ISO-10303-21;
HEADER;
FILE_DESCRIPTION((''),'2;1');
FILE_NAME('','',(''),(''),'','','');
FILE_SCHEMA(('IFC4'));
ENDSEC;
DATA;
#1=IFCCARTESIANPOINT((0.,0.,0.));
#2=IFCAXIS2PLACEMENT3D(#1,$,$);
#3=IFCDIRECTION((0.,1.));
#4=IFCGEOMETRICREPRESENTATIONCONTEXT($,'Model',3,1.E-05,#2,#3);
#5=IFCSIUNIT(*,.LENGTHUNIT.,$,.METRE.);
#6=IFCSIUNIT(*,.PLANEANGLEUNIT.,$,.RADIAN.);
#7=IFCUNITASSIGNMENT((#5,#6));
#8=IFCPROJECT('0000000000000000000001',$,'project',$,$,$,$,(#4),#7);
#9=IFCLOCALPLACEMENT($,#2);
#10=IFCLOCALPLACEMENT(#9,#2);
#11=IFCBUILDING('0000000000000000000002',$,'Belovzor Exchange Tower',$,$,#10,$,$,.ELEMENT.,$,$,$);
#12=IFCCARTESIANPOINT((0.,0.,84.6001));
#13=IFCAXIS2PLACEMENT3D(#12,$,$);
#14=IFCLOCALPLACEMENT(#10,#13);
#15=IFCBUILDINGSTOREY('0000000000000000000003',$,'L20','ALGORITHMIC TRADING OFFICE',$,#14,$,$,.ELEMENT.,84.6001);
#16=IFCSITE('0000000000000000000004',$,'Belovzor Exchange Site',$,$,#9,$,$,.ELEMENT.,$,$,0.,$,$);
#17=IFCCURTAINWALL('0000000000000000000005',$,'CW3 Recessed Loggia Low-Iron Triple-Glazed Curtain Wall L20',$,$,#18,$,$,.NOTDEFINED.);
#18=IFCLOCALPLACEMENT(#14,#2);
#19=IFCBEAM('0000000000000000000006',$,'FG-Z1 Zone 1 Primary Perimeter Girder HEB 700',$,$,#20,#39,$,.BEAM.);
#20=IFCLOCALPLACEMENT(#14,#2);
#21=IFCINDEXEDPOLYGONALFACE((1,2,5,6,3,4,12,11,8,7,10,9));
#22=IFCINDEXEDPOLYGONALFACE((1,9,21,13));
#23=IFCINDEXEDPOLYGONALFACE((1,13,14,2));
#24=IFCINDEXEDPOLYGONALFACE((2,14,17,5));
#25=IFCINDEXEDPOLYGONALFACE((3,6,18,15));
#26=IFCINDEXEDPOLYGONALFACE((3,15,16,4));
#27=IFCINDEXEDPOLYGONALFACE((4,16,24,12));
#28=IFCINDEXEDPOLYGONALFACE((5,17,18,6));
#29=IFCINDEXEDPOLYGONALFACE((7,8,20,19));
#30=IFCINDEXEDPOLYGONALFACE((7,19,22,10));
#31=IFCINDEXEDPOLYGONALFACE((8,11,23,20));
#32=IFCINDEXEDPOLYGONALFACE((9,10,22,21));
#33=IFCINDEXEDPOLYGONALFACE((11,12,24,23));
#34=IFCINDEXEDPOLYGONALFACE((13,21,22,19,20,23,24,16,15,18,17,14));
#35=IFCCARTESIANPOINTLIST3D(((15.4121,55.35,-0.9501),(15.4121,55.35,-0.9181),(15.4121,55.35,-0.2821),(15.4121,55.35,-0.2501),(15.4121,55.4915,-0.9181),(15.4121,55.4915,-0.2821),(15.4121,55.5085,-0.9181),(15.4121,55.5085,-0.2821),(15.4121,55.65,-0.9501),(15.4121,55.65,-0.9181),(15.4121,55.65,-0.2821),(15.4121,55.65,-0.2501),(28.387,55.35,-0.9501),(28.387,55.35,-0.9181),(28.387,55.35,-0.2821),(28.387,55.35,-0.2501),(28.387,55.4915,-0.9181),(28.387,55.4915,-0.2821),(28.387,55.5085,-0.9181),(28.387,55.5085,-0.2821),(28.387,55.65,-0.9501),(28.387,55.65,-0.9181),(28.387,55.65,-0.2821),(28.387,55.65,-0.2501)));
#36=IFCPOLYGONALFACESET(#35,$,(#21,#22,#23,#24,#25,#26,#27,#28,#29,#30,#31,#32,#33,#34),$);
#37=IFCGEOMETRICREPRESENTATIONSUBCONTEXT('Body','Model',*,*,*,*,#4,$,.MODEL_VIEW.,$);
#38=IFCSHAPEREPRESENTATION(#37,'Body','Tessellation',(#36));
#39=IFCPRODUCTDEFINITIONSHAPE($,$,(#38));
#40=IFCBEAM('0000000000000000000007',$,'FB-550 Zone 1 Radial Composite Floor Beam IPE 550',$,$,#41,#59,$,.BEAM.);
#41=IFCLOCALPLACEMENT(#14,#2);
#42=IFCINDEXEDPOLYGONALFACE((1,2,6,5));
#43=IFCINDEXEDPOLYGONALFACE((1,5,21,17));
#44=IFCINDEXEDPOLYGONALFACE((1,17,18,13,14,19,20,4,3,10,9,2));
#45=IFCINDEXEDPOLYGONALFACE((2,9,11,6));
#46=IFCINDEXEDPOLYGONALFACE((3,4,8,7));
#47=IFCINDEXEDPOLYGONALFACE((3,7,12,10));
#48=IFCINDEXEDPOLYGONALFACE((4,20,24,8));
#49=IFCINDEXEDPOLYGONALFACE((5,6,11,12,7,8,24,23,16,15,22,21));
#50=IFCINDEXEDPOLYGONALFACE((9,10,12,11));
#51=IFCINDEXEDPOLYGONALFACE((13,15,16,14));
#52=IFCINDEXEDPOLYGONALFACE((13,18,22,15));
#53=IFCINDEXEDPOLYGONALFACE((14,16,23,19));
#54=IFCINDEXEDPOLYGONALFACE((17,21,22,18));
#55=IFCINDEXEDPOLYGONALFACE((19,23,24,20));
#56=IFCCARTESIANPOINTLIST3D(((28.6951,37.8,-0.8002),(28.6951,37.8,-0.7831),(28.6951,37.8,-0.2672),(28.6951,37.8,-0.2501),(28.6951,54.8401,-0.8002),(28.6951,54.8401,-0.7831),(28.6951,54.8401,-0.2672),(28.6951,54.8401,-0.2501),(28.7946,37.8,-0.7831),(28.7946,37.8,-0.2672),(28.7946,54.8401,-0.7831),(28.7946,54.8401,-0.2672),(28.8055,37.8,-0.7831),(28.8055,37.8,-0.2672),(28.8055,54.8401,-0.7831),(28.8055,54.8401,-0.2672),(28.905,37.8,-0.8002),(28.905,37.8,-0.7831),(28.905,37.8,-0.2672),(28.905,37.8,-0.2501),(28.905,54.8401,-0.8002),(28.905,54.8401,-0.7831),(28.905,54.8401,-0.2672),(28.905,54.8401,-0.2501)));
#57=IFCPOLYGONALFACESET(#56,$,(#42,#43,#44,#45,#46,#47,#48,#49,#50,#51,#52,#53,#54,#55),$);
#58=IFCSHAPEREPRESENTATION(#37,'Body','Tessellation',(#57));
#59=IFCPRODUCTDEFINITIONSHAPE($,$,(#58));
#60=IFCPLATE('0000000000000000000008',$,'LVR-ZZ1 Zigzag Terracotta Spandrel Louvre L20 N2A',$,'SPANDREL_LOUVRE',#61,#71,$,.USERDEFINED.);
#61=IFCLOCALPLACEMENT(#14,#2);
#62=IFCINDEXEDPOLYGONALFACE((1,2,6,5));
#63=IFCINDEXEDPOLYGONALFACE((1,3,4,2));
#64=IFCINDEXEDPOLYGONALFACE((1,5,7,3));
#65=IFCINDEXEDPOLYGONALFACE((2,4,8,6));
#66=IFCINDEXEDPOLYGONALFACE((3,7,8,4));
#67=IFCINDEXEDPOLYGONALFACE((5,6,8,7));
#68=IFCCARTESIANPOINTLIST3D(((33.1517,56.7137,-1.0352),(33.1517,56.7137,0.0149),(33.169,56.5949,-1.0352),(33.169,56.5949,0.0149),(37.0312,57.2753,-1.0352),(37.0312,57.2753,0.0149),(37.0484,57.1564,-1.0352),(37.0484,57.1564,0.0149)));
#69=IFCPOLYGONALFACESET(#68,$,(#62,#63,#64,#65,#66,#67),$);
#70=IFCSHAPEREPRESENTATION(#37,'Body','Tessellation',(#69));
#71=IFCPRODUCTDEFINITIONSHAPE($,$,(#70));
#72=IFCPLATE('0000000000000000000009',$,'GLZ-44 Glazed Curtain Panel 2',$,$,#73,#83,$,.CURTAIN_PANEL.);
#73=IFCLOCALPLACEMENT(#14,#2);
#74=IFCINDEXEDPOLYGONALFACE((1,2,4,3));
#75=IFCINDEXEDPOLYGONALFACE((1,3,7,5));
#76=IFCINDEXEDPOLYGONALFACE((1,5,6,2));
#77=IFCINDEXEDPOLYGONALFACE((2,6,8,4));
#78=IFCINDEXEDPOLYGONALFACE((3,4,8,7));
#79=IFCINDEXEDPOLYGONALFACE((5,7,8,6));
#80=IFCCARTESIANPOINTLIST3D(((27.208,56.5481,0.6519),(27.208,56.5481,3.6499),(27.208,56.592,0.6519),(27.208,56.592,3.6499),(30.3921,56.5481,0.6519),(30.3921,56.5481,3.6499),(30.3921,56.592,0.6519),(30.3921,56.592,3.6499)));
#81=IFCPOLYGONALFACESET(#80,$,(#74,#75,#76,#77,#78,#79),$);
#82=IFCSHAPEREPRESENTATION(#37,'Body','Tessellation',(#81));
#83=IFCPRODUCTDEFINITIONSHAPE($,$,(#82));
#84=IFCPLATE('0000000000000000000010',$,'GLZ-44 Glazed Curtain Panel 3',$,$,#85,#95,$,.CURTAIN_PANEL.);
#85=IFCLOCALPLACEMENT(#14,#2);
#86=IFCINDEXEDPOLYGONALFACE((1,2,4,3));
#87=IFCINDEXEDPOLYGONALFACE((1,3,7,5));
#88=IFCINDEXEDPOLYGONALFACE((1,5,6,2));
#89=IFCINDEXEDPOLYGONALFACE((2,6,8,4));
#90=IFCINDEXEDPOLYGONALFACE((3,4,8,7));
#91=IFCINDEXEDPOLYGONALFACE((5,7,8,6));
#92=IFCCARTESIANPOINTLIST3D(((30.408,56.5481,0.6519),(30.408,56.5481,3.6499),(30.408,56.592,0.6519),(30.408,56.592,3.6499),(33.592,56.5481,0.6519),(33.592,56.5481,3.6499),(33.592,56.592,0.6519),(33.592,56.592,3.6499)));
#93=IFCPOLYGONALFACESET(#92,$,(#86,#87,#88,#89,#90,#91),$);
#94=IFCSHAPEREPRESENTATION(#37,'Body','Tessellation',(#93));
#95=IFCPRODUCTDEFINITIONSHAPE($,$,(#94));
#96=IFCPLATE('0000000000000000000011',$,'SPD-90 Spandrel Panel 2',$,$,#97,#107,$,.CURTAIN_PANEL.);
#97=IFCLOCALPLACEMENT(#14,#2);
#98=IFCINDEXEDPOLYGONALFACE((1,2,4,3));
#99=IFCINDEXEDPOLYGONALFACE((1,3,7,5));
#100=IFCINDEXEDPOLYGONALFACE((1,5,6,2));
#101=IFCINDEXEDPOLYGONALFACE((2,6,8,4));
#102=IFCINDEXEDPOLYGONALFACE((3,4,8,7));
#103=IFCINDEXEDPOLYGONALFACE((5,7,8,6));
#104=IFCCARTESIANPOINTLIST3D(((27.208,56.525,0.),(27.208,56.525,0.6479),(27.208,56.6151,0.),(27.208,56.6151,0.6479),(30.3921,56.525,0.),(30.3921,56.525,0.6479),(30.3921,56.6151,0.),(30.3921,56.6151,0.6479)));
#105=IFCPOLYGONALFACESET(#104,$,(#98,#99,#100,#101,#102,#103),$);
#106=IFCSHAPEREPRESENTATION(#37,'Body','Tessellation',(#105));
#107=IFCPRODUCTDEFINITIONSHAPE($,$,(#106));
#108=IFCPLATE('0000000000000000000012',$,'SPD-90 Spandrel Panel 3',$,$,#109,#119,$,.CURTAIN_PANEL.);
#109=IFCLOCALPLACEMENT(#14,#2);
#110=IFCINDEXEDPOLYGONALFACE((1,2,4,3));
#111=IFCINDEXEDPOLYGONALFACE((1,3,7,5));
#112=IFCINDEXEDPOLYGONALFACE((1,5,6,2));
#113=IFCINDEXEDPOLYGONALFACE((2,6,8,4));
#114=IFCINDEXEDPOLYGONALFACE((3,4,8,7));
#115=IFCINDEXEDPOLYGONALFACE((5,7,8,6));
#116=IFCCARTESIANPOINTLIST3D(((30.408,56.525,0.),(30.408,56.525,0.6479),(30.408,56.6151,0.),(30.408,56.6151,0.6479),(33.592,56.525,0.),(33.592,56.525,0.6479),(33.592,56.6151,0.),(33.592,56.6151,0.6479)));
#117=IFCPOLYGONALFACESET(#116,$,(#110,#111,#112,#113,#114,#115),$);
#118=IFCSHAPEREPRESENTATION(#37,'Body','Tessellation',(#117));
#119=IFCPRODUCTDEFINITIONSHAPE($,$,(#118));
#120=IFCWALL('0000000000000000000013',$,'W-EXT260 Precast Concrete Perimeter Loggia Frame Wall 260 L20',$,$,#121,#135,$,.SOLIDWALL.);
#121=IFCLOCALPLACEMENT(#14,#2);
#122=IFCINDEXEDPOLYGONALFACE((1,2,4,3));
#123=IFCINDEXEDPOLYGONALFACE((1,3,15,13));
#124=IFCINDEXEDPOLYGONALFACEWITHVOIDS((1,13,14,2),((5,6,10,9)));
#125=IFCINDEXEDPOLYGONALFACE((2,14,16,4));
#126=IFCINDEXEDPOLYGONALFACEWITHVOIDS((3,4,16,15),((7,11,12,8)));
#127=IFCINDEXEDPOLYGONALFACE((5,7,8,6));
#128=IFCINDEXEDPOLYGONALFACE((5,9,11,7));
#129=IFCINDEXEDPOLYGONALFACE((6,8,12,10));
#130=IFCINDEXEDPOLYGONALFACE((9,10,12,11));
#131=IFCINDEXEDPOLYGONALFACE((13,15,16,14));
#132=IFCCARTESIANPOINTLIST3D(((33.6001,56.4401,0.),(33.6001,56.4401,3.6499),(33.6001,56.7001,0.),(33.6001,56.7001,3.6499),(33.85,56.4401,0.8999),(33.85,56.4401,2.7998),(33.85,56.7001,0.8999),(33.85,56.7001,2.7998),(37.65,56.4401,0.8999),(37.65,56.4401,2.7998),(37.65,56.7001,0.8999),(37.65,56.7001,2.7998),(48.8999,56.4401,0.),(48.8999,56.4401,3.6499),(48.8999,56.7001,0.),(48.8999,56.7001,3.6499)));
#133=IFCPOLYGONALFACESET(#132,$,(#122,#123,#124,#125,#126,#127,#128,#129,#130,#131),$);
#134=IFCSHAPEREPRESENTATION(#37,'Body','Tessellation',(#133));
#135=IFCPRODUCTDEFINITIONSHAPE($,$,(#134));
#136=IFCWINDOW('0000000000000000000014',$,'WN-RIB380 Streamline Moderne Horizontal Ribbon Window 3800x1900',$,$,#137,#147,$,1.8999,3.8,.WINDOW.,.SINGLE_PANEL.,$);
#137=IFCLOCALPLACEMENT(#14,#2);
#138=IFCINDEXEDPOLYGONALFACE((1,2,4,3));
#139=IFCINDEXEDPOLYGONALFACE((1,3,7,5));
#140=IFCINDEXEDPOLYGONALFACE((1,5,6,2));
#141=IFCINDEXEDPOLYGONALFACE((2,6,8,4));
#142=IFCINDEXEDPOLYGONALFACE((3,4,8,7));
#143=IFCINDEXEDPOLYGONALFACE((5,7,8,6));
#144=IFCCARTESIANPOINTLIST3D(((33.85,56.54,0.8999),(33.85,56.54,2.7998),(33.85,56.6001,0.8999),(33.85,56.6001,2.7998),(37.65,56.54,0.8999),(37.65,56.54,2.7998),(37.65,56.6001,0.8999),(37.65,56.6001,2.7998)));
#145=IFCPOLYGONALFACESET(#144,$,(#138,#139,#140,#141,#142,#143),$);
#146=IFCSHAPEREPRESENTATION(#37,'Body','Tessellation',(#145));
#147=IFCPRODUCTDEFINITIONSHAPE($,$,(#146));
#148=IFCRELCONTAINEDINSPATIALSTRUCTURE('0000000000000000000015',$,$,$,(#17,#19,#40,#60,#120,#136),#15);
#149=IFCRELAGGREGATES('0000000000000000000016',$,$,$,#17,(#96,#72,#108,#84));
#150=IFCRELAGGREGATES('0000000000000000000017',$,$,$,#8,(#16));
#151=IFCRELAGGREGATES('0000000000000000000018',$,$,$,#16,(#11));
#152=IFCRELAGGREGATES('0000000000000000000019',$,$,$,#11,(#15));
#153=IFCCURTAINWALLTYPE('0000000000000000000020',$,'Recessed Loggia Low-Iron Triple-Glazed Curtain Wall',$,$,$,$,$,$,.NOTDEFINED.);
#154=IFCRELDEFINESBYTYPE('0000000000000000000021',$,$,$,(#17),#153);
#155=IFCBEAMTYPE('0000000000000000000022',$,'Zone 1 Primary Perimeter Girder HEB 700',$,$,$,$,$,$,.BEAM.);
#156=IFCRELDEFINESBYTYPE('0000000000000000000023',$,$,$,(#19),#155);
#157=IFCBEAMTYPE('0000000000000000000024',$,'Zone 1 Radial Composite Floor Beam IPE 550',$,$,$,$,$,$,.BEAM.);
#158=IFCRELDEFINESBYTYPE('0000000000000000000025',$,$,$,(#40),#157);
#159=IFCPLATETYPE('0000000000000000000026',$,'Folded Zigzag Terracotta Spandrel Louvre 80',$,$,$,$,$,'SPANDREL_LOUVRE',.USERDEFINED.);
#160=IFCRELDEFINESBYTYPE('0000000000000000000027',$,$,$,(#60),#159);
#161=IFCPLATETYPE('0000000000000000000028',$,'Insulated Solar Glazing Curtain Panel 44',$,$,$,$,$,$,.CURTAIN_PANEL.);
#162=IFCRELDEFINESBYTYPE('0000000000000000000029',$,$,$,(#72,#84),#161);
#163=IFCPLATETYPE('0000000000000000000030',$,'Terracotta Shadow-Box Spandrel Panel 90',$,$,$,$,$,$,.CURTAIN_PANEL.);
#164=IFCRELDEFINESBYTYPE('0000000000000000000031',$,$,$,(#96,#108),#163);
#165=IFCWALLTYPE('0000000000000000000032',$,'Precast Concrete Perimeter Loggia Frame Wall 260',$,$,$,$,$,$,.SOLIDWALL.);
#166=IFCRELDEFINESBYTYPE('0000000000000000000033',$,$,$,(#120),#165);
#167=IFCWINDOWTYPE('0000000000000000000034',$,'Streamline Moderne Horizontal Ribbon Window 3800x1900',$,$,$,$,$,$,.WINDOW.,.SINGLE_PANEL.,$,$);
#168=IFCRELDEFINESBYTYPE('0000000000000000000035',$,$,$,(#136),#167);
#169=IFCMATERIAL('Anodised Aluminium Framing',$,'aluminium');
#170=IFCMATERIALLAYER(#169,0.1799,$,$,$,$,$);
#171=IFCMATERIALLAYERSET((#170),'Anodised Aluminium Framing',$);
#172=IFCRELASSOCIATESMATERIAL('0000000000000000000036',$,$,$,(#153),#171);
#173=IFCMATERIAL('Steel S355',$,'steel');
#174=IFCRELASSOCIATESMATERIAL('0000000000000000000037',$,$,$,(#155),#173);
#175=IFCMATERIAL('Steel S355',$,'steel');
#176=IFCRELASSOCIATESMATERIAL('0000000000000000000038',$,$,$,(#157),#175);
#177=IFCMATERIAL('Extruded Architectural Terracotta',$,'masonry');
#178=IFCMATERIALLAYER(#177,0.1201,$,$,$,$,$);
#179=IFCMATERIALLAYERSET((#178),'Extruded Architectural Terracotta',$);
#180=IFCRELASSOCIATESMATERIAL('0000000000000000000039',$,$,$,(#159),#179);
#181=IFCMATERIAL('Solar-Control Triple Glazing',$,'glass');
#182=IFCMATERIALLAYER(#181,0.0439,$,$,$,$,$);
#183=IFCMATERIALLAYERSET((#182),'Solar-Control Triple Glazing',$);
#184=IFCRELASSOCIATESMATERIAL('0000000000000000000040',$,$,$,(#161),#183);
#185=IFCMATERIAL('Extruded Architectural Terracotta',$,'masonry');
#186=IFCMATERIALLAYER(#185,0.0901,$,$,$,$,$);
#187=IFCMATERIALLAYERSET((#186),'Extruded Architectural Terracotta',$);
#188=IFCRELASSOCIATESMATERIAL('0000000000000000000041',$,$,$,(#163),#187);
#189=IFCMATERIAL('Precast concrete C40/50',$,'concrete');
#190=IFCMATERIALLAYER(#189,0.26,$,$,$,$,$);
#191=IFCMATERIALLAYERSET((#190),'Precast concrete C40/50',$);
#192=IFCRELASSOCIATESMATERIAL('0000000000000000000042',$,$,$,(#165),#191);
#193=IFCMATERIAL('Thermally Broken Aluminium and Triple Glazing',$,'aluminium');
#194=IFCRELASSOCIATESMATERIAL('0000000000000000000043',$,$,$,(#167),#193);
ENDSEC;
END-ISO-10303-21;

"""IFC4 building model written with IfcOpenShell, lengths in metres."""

from ifc_helpers import new_model, si_unit, direction, frame, frame_2d, origin, origin_2d, place, context, subcontext, project, spatial, rectangle, i_section, extrude, material, layer, layer_set, material_profile, profile_set, type_object, element, fill, aggregate, save


model = new_model("IFC4")

# Units and contexts
model_context = context("Model", 3, precision=1e-05, world=origin(), true_north=direction((0.0, 1.0)))
body_context = subcontext(model_context, "Body", "Model", "MODEL_VIEW")
ifc_project = project(units=[si_unit("LENGTHUNIT", "METRE"), si_unit("PLANEANGLEUNIT", "RADIAN")], contexts=[model_context])

# Site, building, storey
site_placement = place(None, origin())
site = spatial("IfcSite", under=ifc_project, at=site_placement, Name="Belovzor Exchange Site", CompositionType="ELEMENT", RefElevation=0.0)
building_placement = place(site_placement, origin())
building = spatial("IfcBuilding", under=site, at=building_placement, Name="Belovzor Exchange Tower", CompositionType="ELEMENT")
storey_placement = place(building_placement, frame((0.0, 0.0, 84.6001)))
storey = spatial("IfcBuildingStorey", under=building, at=storey_placement, Name="L20", Description="ALGORITHMIC TRADING OFFICE", CompositionType="ELEMENT", Elevation=84.6001)

# Curtain wall
ifc_material_1 = material(Name="Anodised Aluminium Framing", Category="aluminium")
ifc_layer_1 = layer(ifc_material_1, 0.1799)
ifc_layer_set_1 = layer_set([ifc_layer_1], Name="Anodised Aluminium Framing")
curtain_wall_type = type_object("IfcCurtainWallType", Name="Recessed Loggia Low-Iron Triple-Glazed Curtain Wall", PredefinedType="NOTDEFINED", material=ifc_layer_set_1)
curtain_wall_placement = place(storey_placement, origin())
curtain_wall = element("IfcCurtainWall", 1, at=curtain_wall_placement, inside=storey, type_object=curtain_wall_type, Name="CW3 Recessed Loggia Low-Iron Triple-Glazed Curtain Wall L20", PredefinedType="NOTDEFINED")

# Beams
ifc_material_2 = material(Name="Steel S355", Category="steel")
ifc_material_profile_1 = material_profile(ifc_material_2, i_section(OverallWidth=0.3, OverallDepth=0.7, WebThickness=0.0171, FlangeThickness=0.032, at=origin_2d()))
ifc_profile_set_1 = profile_set([ifc_material_profile_1], Name="Steel S355")
beam_type_1 = type_object("IfcBeamType", Name="Zone 1 Primary Perimeter Girder HEB 700", PredefinedType="BEAM", material=ifc_profile_set_1)
beam_1_placement = place(storey_placement, frame((28.387, 55.5, -0.6001), z_axis=(-1.0, 0.0, 0.0), x_axis=(0.0, -1.0, 0.0)))
element("IfcBeam", 2, at=beam_1_placement, inside=storey, type_object=beam_type_1, Name="FG-Z1 Zone 1 Primary Perimeter Girder HEB 700", PredefinedType="BEAM", context=body_context, shape_type="SweptSolid", body=[
    extrude(i_section(OverallWidth=0.3, OverallDepth=0.7, WebThickness=0.0171, FlangeThickness=0.032, at=origin_2d()), origin(), (0.0, 0.0, 1.0), 12.9749),
])
ifc_material_3 = material(Name="Steel S355", Category="steel")
ifc_material_profile_2 = material_profile(ifc_material_3, i_section(OverallWidth=0.21, OverallDepth=0.55, WebThickness=0.011, FlangeThickness=0.0171, at=origin_2d()))
ifc_profile_set_2 = profile_set([ifc_material_profile_2], Name="Steel S355")
beam_type_2 = type_object("IfcBeamType", Name="Zone 1 Radial Composite Floor Beam IPE 550", PredefinedType="BEAM", material=ifc_profile_set_2)
beam_2_placement = place(storey_placement, frame((28.8, 37.8, -0.5251), z_axis=(0.0, 1.0, 0.0), x_axis=(-1.0, 0.0, 0.0)))
element("IfcBeam", 3, at=beam_2_placement, inside=storey, type_object=beam_type_2, Name="FB-550 Zone 1 Radial Composite Floor Beam IPE 550", PredefinedType="BEAM", context=body_context, shape_type="SweptSolid", body=[
    extrude(i_section(OverallWidth=0.21, OverallDepth=0.55, WebThickness=0.011, FlangeThickness=0.0171, at=origin_2d()), origin(), (0.0, 0.0, 1.0), 17.04),
])

# Plates
ifc_material_4 = material(Name="Extruded Architectural Terracotta", Category="masonry")
ifc_layer_2 = layer(ifc_material_4, 0.1201)
ifc_layer_set_2 = layer_set([ifc_layer_2], Name="Extruded Architectural Terracotta")
plate_type_1 = type_object("IfcPlateType", Name="Folded Zigzag Terracotta Spandrel Louvre 80", ElementType="SPANDREL_LOUVRE", PredefinedType="USERDEFINED", material=ifc_layer_set_2)
plate_1_placement = place(storey_placement, frame((35.1001, 56.9351, -1.0352), z_axis=(0.0, 0.0, 1.0), x_axis=(0.989686, 0.143251, 0.0)))
element("IfcPlate", 4, at=plate_1_placement, inside=storey, type_object=plate_type_1, Name="LVR-ZZ1 Zigzag Terracotta Spandrel Louvre L20 N2A", ObjectType="SPANDREL_LOUVRE", PredefinedType="USERDEFINED", context=body_context, shape_type="SweptSolid", body=[
    extrude(rectangle(XDim=3.9199, YDim=0.1201, at=origin_2d()), origin(), (0.0, 0.0, 1.0), 1.05),
])
ifc_material_5 = material(Name="Solar-Control Triple Glazing", Category="glass")
ifc_layer_3 = layer(ifc_material_5, 0.0439)
ifc_layer_set_3 = layer_set([ifc_layer_3], Name="Solar-Control Triple Glazing")
plate_type_2 = type_object("IfcPlateType", Name="Insulated Solar Glazing Curtain Panel 44", PredefinedType="CURTAIN_PANEL", material=ifc_layer_set_3)
plate_2_placement = place(storey_placement, frame((28.8, 56.5701, 0.6519), z_axis=(0.0, 0.0, 1.0), x_axis=(1.0, 0.0, 0.0)))
plate_2 = element("IfcPlate", 5, at=plate_2_placement, type_object=plate_type_2, Name="GLZ-44 Glazed Curtain Panel 2", PredefinedType="CURTAIN_PANEL", context=body_context, shape_type="SweptSolid", body=[
    extrude(rectangle(XDim=3.1841, YDim=0.0439, at=origin_2d()), origin(), (0.0, 0.0, 1.0), 2.998),
])
plate_3_placement = place(storey_placement, frame((32.0, 56.5701, 0.6519), z_axis=(0.0, 0.0, 1.0), x_axis=(1.0, 0.0, 0.0)))
plate_3 = element("IfcPlate", 6, at=plate_3_placement, type_object=plate_type_2, Name="GLZ-44 Glazed Curtain Panel 3", PredefinedType="CURTAIN_PANEL", context=body_context, shape_type="SweptSolid", body=[
    extrude(rectangle(XDim=3.1841, YDim=0.0439, at=origin_2d()), origin(), (0.0, 0.0, 1.0), 2.998),
])
ifc_material_6 = material(Name="Extruded Architectural Terracotta", Category="masonry")
ifc_layer_4 = layer(ifc_material_6, 0.0901)
ifc_layer_set_4 = layer_set([ifc_layer_4], Name="Extruded Architectural Terracotta")
plate_type_3 = type_object("IfcPlateType", Name="Terracotta Shadow-Box Spandrel Panel 90", PredefinedType="CURTAIN_PANEL", material=ifc_layer_set_4)
plate_4_placement = place(storey_placement, frame((28.8, 56.5701, 0.0), z_axis=(0.0, 0.0, 1.0), x_axis=(1.0, 0.0, 0.0)))
plate_4 = element("IfcPlate", 7, at=plate_4_placement, type_object=plate_type_3, Name="SPD-90 Spandrel Panel 2", PredefinedType="CURTAIN_PANEL", context=body_context, shape_type="SweptSolid", body=[
    extrude(rectangle(XDim=3.1841, YDim=0.0901, at=origin_2d()), origin(), (0.0, 0.0, 1.0), 0.6479),
])
plate_5_placement = place(storey_placement, frame((32.0, 56.5701, 0.0), z_axis=(0.0, 0.0, 1.0), x_axis=(1.0, 0.0, 0.0)))
plate_5 = element("IfcPlate", 8, at=plate_5_placement, type_object=plate_type_3, Name="SPD-90 Spandrel Panel 3", PredefinedType="CURTAIN_PANEL", context=body_context, shape_type="SweptSolid", body=[
    extrude(rectangle(XDim=3.1841, YDim=0.0901, at=origin_2d()), origin(), (0.0, 0.0, 1.0), 0.6479),
])
aggregate(curtain_wall, [plate_4, plate_2, plate_5, plate_3])

# Wall, opening, window
ifc_material_7 = material(Name="Precast concrete C40/50", Category="concrete")
ifc_layer_5 = layer(ifc_material_7, 0.26)
ifc_layer_set_5 = layer_set([ifc_layer_5], Name="Precast concrete C40/50")
wall_type = type_object("IfcWallType", Name="Precast Concrete Perimeter Loggia Frame Wall 260", PredefinedType="SOLIDWALL", material=ifc_layer_set_5)
wall_placement = place(storey_placement, frame((33.6001, 56.5701, 0.0), z_axis=(0.0, 0.0, 1.0), x_axis=(1.0, 0.0, 0.0)))
wall = element("IfcWall", 9, at=wall_placement, inside=storey, type_object=wall_type, Name="W-EXT260 Precast Concrete Perimeter Loggia Frame Wall 260 L20", PredefinedType="SOLIDWALL", context=body_context, shape_type="SweptSolid", body=[
    extrude(rectangle(XDim=15.2998, YDim=0.26, at=frame_2d((7.6499, 0.0))), origin(), (0.0, 0.0, 1.0), 3.6499),
])
opening_placement = place(wall_placement, frame((0.25, 0.0, 0.8999)))
opening = element("IfcOpeningElement", 10, at=opening_placement, cuts=wall, PredefinedType="OPENING", context=body_context, shape_type="SweptSolid", body=[
    extrude(rectangle(XDim=3.8, YDim=1.8999, at=frame_2d((1.8999, 0.95))), frame((0.0, 0.1399, 0.0), z_axis=(0.0, -1.0, 0.0), x_axis=(1.0, 0.0, 0.0)), (0.0, 0.0, 1.0), 0.28),
])
ifc_material_8 = material(Name="Thermally Broken Aluminium and Triple Glazing", Category="aluminium")
window_type = type_object("IfcWindowType", Name="Streamline Moderne Horizontal Ribbon Window 3800x1900", PartitioningType="SINGLE_PANEL", PredefinedType="WINDOW", material=ifc_material_8)
window_placement = place(opening_placement, origin())
window = element("IfcWindow", 11, at=window_placement, inside=storey, type_object=window_type, Name="WN-RIB380 Streamline Moderne Horizontal Ribbon Window 3800x1900", OverallHeight=1.8999, OverallWidth=3.8, PartitioningType="SINGLE_PANEL", PredefinedType="WINDOW", context=body_context, shape_type="SweptSolid", body=[
    extrude(rectangle(XDim=3.8, YDim=1.8999, at=frame_2d((1.8999, 0.95))), frame((0.0, 0.03, 0.0), z_axis=(0.0, -1.0, 0.0), x_axis=(1.0, 0.0, 0.0)), (0.0, 0.0, 1.0), 0.0601),
])
fill(opening, window)

save(model, "model.ifc")
